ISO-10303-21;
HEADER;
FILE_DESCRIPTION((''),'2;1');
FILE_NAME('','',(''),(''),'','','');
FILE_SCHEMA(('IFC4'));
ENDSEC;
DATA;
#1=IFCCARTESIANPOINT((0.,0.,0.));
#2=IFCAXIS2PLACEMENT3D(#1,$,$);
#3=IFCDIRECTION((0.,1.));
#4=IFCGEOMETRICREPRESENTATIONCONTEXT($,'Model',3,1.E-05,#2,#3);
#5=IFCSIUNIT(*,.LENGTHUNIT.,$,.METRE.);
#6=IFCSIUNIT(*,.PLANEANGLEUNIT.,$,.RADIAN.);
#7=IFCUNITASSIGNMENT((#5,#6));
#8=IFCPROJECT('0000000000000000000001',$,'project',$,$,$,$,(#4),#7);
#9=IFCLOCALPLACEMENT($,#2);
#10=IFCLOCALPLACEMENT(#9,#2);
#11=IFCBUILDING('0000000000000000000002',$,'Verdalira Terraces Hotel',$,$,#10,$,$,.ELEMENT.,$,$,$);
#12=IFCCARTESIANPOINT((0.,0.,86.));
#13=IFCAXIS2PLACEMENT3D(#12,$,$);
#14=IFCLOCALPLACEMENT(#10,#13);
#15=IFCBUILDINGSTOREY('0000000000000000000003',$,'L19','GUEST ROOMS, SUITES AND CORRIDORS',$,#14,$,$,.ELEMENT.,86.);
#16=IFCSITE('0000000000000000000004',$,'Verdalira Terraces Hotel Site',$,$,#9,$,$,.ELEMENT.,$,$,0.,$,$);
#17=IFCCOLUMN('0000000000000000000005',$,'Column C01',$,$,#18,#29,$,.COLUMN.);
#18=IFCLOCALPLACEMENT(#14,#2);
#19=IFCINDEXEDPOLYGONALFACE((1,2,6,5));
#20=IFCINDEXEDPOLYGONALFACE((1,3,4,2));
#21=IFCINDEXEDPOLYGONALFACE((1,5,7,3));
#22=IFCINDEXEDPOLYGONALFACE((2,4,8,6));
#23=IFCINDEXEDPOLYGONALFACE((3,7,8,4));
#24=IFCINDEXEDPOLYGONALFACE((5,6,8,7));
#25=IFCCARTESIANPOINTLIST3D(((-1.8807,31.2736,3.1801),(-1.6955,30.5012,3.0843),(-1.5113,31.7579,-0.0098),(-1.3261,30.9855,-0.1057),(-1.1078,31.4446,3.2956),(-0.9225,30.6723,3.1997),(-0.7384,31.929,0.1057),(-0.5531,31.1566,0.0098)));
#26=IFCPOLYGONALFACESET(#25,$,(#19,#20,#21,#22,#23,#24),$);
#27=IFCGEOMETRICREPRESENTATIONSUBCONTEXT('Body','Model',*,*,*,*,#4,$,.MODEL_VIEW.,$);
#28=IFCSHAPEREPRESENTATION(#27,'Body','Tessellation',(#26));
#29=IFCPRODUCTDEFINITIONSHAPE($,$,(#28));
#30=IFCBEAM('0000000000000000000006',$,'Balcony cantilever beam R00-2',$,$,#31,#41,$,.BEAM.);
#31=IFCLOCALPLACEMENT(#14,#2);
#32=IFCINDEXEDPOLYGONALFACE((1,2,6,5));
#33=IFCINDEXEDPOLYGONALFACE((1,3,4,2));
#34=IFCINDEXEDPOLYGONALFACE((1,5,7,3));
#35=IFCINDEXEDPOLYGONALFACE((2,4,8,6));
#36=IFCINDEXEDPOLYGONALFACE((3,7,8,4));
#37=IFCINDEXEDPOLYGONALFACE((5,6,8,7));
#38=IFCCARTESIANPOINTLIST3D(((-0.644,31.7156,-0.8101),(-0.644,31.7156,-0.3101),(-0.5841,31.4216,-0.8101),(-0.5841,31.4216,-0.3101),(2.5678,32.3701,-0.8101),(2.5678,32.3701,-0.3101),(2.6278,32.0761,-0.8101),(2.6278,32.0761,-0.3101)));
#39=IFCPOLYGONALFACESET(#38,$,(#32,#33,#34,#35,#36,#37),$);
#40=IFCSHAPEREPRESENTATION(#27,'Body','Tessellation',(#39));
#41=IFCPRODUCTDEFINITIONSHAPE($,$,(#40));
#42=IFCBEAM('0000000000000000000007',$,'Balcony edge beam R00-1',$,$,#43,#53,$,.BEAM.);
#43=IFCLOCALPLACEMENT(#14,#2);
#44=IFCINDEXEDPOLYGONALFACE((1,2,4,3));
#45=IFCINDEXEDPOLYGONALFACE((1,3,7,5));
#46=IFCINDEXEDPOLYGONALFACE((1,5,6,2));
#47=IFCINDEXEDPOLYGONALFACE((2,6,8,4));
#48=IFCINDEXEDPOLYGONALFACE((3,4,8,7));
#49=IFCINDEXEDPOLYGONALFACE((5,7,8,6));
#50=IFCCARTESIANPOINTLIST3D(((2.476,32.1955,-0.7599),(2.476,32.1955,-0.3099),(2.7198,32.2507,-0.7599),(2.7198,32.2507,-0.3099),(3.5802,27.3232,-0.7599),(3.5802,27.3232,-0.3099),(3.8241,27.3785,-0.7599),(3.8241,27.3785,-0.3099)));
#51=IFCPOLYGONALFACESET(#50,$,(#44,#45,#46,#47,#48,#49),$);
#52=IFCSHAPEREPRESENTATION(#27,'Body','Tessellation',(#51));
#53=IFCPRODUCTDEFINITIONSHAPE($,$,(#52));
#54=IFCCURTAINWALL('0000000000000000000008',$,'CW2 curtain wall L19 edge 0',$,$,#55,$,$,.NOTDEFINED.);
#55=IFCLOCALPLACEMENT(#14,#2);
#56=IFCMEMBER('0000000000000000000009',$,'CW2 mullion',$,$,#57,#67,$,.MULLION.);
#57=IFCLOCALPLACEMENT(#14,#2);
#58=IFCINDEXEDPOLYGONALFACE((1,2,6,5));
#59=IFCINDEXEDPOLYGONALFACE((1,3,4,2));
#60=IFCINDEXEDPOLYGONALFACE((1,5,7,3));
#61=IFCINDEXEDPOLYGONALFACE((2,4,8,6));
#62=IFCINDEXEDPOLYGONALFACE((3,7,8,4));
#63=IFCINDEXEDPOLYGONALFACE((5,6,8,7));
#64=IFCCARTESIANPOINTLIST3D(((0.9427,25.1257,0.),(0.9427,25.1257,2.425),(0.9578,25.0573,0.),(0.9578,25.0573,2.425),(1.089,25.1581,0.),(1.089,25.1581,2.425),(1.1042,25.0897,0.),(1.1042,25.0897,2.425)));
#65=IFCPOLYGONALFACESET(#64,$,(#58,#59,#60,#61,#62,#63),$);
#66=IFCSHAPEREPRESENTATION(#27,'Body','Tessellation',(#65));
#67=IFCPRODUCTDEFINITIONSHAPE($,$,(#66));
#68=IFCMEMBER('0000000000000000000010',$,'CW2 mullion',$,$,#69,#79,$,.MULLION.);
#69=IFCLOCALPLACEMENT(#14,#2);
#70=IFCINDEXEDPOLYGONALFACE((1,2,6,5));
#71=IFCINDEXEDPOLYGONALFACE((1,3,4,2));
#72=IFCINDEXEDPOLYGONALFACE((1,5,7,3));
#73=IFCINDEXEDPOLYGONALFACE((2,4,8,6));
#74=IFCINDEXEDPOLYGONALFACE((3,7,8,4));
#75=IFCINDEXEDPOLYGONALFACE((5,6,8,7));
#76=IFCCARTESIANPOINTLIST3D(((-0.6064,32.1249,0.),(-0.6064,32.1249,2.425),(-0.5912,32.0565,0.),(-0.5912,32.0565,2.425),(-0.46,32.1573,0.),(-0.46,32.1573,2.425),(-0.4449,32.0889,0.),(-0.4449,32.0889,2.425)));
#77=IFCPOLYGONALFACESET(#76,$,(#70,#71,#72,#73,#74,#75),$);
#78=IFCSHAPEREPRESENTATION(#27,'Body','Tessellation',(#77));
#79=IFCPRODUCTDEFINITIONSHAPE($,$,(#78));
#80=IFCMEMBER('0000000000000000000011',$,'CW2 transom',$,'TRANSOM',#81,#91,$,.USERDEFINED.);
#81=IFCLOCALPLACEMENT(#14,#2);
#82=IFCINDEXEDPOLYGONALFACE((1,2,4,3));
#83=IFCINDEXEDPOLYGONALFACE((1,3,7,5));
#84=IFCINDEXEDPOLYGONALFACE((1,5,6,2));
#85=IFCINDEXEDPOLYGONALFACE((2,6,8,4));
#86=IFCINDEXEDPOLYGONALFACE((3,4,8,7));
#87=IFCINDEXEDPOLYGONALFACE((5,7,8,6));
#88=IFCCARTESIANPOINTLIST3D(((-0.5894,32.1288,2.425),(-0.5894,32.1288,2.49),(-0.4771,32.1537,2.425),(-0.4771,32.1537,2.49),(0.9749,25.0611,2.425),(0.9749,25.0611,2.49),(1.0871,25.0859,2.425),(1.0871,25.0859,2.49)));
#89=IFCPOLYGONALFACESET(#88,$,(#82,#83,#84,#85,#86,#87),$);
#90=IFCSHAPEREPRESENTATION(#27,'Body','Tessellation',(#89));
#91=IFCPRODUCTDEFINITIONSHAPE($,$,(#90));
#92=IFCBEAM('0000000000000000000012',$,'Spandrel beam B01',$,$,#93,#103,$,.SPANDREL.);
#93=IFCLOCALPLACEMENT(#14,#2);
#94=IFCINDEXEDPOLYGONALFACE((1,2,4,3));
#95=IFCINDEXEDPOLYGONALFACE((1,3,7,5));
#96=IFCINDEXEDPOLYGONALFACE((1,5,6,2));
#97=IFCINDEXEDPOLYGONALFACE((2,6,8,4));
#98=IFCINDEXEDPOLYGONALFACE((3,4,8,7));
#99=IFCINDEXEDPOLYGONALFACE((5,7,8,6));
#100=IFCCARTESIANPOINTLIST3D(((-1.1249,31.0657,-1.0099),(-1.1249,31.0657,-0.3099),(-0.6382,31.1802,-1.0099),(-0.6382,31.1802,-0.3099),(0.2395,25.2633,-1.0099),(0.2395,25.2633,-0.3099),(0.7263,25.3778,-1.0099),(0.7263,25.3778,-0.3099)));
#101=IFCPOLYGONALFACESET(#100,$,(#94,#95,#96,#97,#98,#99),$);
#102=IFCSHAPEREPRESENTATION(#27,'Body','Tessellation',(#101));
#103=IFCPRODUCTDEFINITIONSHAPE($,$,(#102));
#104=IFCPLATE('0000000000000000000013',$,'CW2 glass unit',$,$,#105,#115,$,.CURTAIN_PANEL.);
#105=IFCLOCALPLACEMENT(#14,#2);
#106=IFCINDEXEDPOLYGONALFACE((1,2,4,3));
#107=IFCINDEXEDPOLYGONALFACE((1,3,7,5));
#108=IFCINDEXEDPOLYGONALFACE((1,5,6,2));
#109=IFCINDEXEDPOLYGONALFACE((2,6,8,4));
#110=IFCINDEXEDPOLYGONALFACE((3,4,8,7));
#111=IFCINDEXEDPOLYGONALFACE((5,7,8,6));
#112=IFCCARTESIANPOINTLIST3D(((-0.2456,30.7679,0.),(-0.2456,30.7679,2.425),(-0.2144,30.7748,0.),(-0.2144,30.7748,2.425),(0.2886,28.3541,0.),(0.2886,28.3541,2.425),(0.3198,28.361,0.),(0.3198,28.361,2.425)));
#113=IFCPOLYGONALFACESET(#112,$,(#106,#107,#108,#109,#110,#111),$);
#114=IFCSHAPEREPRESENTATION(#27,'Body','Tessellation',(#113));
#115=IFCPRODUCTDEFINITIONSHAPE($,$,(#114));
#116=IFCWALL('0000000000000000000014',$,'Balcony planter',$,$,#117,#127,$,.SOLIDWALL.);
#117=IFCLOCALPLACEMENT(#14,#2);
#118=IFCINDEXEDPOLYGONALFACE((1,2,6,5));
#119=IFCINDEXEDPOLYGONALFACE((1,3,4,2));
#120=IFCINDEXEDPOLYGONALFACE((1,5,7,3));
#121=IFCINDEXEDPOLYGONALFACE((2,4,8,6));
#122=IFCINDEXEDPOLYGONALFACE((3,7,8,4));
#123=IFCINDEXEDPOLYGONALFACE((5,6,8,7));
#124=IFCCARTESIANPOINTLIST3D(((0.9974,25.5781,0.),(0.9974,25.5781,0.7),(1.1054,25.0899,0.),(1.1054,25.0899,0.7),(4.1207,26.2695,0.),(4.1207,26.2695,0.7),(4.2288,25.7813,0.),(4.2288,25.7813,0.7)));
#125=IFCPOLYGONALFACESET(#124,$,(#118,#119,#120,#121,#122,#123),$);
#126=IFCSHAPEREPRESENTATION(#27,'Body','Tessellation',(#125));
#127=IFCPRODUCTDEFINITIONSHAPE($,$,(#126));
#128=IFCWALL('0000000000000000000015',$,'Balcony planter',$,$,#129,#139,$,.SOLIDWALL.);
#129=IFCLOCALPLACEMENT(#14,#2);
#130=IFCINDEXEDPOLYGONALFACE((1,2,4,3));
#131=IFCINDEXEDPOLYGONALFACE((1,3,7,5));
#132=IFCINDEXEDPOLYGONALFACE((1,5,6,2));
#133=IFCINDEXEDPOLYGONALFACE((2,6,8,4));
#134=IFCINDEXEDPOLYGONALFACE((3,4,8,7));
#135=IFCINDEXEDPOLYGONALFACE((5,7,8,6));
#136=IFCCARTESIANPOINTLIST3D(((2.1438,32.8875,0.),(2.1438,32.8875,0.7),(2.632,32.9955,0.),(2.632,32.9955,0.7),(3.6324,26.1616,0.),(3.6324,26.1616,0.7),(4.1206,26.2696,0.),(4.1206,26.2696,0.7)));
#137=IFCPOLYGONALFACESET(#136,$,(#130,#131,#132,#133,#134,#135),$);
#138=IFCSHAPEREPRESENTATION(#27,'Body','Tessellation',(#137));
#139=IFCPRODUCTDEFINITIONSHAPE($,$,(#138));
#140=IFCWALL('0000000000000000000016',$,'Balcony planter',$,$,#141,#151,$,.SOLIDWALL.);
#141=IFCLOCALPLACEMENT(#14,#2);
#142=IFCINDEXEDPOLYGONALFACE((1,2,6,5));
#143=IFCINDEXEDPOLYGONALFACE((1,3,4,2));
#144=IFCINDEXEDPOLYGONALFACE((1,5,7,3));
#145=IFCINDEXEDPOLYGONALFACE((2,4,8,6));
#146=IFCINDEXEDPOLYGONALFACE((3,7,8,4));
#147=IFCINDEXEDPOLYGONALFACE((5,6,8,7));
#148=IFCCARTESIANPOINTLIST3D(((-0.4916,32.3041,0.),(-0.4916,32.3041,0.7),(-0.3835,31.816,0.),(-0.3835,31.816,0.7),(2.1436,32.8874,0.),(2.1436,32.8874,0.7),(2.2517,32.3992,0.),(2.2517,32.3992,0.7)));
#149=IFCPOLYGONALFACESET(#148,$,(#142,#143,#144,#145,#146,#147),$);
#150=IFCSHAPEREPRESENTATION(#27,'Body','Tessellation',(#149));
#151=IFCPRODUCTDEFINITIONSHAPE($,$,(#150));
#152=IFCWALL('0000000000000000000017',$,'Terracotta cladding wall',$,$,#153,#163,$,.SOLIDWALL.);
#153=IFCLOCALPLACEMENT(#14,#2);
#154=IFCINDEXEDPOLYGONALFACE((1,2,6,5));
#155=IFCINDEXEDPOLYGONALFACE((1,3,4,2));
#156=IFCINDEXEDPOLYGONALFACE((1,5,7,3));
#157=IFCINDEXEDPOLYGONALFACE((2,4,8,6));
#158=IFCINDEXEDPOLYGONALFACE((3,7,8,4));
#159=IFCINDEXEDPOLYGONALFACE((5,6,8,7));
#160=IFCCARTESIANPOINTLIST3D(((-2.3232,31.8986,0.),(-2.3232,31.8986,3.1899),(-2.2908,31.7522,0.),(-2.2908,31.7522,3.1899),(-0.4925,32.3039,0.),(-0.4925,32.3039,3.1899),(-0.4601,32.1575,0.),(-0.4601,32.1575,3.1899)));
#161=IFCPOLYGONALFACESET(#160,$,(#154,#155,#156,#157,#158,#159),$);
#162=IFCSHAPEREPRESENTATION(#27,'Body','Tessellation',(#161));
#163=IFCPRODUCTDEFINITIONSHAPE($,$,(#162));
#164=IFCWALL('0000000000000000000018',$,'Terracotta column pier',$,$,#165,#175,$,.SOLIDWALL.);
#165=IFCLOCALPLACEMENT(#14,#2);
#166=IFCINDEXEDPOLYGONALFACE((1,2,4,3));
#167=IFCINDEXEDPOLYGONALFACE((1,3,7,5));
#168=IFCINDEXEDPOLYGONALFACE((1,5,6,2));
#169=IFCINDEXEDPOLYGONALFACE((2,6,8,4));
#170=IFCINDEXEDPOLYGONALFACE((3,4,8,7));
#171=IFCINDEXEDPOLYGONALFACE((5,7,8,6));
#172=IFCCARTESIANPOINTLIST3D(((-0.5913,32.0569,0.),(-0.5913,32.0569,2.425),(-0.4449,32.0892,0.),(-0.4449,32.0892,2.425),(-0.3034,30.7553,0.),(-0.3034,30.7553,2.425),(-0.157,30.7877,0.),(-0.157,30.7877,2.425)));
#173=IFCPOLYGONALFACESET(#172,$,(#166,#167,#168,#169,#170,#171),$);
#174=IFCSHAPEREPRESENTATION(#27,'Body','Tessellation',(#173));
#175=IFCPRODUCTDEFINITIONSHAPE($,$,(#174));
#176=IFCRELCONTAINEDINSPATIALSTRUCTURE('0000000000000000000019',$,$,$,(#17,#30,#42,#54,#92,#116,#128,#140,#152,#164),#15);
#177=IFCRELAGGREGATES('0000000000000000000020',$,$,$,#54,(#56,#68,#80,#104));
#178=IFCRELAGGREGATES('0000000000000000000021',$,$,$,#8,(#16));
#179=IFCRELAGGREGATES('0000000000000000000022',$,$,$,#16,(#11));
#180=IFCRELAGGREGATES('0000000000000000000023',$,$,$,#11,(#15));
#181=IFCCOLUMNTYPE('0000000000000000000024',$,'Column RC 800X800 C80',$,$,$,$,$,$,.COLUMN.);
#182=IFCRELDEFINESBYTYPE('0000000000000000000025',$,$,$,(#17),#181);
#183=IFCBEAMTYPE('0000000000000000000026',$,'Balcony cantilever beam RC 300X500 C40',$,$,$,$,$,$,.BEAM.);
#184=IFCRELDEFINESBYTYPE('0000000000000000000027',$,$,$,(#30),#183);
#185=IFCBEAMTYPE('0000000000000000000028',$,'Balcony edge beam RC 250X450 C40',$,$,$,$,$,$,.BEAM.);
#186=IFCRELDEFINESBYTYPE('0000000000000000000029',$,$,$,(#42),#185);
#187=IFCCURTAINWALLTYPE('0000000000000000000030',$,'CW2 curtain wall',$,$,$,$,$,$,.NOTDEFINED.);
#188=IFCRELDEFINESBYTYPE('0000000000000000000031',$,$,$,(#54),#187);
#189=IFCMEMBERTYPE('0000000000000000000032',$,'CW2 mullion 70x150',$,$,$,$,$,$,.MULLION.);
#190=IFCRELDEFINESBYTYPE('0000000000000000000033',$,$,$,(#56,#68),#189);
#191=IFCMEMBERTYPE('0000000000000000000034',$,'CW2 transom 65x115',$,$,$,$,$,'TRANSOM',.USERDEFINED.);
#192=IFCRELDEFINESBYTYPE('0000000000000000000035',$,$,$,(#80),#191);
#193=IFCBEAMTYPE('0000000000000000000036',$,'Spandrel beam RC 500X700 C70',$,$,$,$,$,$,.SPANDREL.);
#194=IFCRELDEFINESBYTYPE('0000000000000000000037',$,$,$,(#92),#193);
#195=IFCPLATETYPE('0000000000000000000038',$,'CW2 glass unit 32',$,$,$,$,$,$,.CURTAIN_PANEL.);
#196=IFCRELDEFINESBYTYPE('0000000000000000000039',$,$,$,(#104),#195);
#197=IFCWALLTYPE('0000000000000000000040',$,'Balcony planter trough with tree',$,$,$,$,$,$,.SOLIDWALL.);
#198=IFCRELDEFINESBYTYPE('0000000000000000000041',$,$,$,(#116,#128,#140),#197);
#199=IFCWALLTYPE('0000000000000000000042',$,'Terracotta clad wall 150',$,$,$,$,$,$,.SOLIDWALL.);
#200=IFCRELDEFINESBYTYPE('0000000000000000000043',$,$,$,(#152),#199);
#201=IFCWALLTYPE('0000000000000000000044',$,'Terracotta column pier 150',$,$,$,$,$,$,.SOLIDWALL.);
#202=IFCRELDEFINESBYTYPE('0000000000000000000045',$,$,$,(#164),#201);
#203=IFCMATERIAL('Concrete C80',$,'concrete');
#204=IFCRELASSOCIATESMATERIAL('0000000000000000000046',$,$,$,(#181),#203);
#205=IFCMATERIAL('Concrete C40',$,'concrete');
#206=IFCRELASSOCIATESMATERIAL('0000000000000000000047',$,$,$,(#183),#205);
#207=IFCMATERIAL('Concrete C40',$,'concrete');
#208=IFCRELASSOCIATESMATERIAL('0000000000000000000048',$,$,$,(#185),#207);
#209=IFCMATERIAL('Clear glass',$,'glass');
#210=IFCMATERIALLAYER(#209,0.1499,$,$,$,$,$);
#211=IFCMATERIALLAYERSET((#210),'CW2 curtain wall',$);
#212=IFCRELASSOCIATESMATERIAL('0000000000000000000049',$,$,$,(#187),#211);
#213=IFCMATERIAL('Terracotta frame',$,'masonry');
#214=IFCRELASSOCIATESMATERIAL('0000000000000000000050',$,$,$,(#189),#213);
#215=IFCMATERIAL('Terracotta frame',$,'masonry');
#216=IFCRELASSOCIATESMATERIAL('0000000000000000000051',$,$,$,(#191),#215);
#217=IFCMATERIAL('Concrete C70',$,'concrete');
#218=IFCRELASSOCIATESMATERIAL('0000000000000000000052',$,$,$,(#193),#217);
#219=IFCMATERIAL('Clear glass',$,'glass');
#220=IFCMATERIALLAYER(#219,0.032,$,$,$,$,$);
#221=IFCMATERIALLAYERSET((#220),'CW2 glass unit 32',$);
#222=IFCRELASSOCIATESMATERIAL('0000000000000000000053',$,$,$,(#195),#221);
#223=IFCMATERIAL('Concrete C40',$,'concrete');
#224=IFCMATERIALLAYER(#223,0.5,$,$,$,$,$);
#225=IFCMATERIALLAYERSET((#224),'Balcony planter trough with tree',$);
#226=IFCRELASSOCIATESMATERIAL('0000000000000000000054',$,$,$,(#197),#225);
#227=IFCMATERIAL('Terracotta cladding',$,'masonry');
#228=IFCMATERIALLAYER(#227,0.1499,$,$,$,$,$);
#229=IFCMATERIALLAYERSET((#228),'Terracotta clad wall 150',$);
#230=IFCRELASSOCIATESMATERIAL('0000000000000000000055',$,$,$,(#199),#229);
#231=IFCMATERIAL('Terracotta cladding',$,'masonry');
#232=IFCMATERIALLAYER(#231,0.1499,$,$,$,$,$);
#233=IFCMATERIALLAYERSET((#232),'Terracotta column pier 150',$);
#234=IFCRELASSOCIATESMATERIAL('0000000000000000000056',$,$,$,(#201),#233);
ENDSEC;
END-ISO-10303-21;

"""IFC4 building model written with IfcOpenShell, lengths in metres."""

from ifc_helpers import new_model, si_unit, direction, frame, frame_2d, origin, origin_2d, place, context, subcontext, project, spatial, rectangle, extrude, material, layer, layer_set, material_profile, profile_set, type_object, element, aggregate, save


model = new_model("IFC4")

# Units and contexts
model_context = context("Model", 3, precision=1e-05, world=origin(), true_north=direction((0.0, 1.0)))
body_context = subcontext(model_context, "Body", "Model", "MODEL_VIEW")
ifc_project = project(units=[si_unit("LENGTHUNIT", "METRE"), si_unit("PLANEANGLEUNIT", "RADIAN")], contexts=[model_context])

# Site, building, storey
site_placement = place(None, origin())
site = spatial("IfcSite", under=ifc_project, at=site_placement, Name="Verdalira Terraces Hotel Site", CompositionType="ELEMENT", RefElevation=0.0)
building_placement = place(site_placement, origin())
building = spatial("IfcBuilding", under=site, at=building_placement, Name="Verdalira Terraces Hotel", CompositionType="ELEMENT")
storey_placement = place(building_placement, frame((0.0, 0.0, 86.0)))
storey = spatial("IfcBuildingStorey", under=building, at=storey_placement, Name="L19", Description="GUEST ROOMS, SUITES AND CORRIDORS", CompositionType="ELEMENT", Elevation=86.0)

# Column
ifc_material_1 = material(Name="Concrete C80", Category="concrete")
ifc_material_profile_1 = material_profile(ifc_material_1, rectangle(XDim=0.8, YDim=0.8, at=origin_2d()), Name="RC 800X800")
ifc_profile_set_1 = profile_set([ifc_material_profile_1], Name="Concrete C80")
column_type = type_object("IfcColumnType", Name="Column RC 800X800 C80", PredefinedType="COLUMN", material=ifc_profile_set_1)
column_placement = place(storey_placement, frame((-1.0322, 31.4573, 0.0), z_axis=(-0.113741, -0.149149, 0.982251), x_axis=(-0.231568, 0.965417, 0.119778)))
element("IfcColumn", 1, at=column_placement, inside=storey, type_object=column_type, Name="Column C01", PredefinedType="COLUMN", context=body_context, shape_type="SweptSolid", body=[
    extrude(rectangle(XDim=0.8, YDim=0.8, at=origin_2d()), origin(), (0.0, 0.0, 1.0), 3.2476),
])

# Beams
ifc_material_2 = material(Name="Concrete C40", Category="concrete")
ifc_material_profile_2 = material_profile(ifc_material_2, rectangle(XDim=0.3, YDim=0.5, at=origin_2d()), Name="RC 300X500")
ifc_profile_set_2 = profile_set([ifc_material_profile_2], Name="Concrete C40")
beam_type_1 = type_object("IfcBeamType", Name="Balcony cantilever beam RC 300X500 C40", PredefinedType="BEAM", material=ifc_profile_set_2)
beam_1_placement = place(storey_placement, frame((-0.614, 31.5686, -0.5601), z_axis=(0.979861, 0.199681, 0.0), x_axis=(-0.199681, 0.979861, 0.0)))
element("IfcBeam", 2, at=beam_1_placement, inside=storey, type_object=beam_type_1, Name="Balcony cantilever beam R00-2", PredefinedType="BEAM", context=body_context, shape_type="SweptSolid", body=[
    extrude(rectangle(XDim=0.3, YDim=0.5, at=origin_2d()), origin(), (0.0, 0.0, 1.0), 3.2778),
])
ifc_material_3 = material(Name="Concrete C40", Category="concrete")
ifc_material_profile_3 = material_profile(ifc_material_3, rectangle(XDim=0.25, YDim=0.45, at=origin_2d()), Name="RC 250X450")
ifc_profile_set_3 = profile_set([ifc_material_profile_3], Name="Concrete C40")
beam_type_2 = type_object("IfcBeamType", Name="Balcony edge beam RC 250X450 C40", PredefinedType="BEAM", material=ifc_profile_set_3)
beam_2_placement = place(storey_placement, frame((3.7021, 27.3508, -0.5349), z_axis=(-0.221032, 0.975267, 0.0), x_axis=(-0.975267, -0.221032, 0.0)))
element("IfcBeam", 3, at=beam_2_placement, inside=storey, type_object=beam_type_2, Name="Balcony edge beam R00-1", PredefinedType="BEAM", context=body_context, shape_type="SweptSolid", body=[
    extrude(rectangle(XDim=0.25, YDim=0.45, at=origin_2d()), origin(), (0.0, 0.0, 1.0), 4.9958),
])

# Curtain wall, members
ifc_material_4 = material(Name="Clear glass", Category="glass")
ifc_layer_1 = layer(ifc_material_4, 0.1499)
ifc_layer_set_1 = layer_set([ifc_layer_1], Name="CW2 curtain wall")
curtain_wall_type = type_object("IfcCurtainWallType", Name="CW2 curtain wall", PredefinedType="NOTDEFINED", material=ifc_layer_set_1)
curtain_wall_placement = place(storey_placement, origin())
curtain_wall = element("IfcCurtainWall", 4, at=curtain_wall_placement, inside=storey, type_object=curtain_wall_type, Name="CW2 curtain wall L19 edge 0", PredefinedType="NOTDEFINED")
ifc_material_5 = material(Name="Terracotta frame", Category="masonry")
ifc_material_profile_4 = material_profile(ifc_material_5, rectangle(XDim=0.0701, YDim=0.1499, at=origin_2d()), Name="MU 70x150")
ifc_profile_set_4 = profile_set([ifc_material_profile_4], Name="Terracotta frame")
member_type_1 = type_object("IfcMemberType", Name="CW2 mullion 70x150", PredefinedType="MULLION", material=ifc_profile_set_4)
member_1_placement = place(storey_placement, frame((1.0234, 25.1077, 0.0), z_axis=(0.0, 0.0, 1.0), x_axis=(-0.216099, 0.976371, 0.0)))
member_1 = element("IfcMember", 5, at=member_1_placement, type_object=member_type_1, Name="CW2 mullion", PredefinedType="MULLION", context=body_context, shape_type="SweptSolid", body=[
    extrude(rectangle(XDim=0.0701, YDim=0.1499, at=origin_2d()), origin(), (0.0, 0.0, 1.0), 2.425),
])
member_2_placement = place(storey_placement, frame((-0.5256, 32.1069, 0.0), z_axis=(0.0, 0.0, 1.0), x_axis=(-0.216099, 0.976371, 0.0)))
member_2 = element("IfcMember", 6, at=member_2_placement, type_object=member_type_1, Name="CW2 mullion", PredefinedType="MULLION", context=body_context, shape_type="SweptSolid", body=[
    extrude(rectangle(XDim=0.0701, YDim=0.1499, at=origin_2d()), origin(), (0.0, 0.0, 1.0), 2.425),
])
ifc_material_6 = material(Name="Terracotta frame", Category="masonry")
ifc_material_profile_5 = material_profile(ifc_material_6, rectangle(XDim=0.115, YDim=0.0649, at=origin_2d()), Name="TR 65x115")
ifc_profile_set_5 = profile_set([ifc_material_profile_5], Name="Terracotta frame")
member_type_2 = type_object("IfcMemberType", Name="CW2 transom 65x115", ElementType="TRANSOM", PredefinedType="USERDEFINED", material=ifc_profile_set_5)
member_3_placement = place(storey_placement, frame((1.031, 25.0735, 2.4575), z_axis=(-0.216091, 0.976373, 0.0), x_axis=(-0.976373, -0.216091, 0.0)))
member_3 = element("IfcMember", 7, at=member_3_placement, type_object=member_type_2, Name="CW2 transom", ObjectType="TRANSOM", PredefinedType="USERDEFINED", context=body_context, shape_type="SweptSolid", body=[
    extrude(rectangle(XDim=0.115, YDim=0.0649, at=origin_2d()), origin(), (0.0, 0.0, 1.0), 7.2388),
])

# Beam
ifc_material_7 = material(Name="Concrete C70", Category="concrete")
ifc_material_profile_6 = material_profile(ifc_material_7, rectangle(XDim=0.5, YDim=0.7, at=origin_2d()), Name="RC 500X700")
ifc_profile_set_6 = profile_set([ifc_material_profile_6], Name="Concrete C70")
beam_type_3 = type_object("IfcBeamType", Name="Spandrel beam RC 500X700 C70", PredefinedType="SPANDREL", material=ifc_profile_set_6)
beam_3_placement = place(storey_placement, frame((0.4829, 25.3206, -0.6599), z_axis=(-0.228914, 0.973447, 0.0), x_axis=(-0.973447, -0.228914, 0.0)))
element("IfcBeam", 8, at=beam_3_placement, inside=storey, type_object=beam_type_3, Name="Spandrel beam B01", PredefinedType="SPANDREL", context=body_context, shape_type="SweptSolid", body=[
    extrude(rectangle(XDim=0.5, YDim=0.7, at=origin_2d()), origin(), (0.0, 0.0, 1.0), 5.9607),
])

# Plate
ifc_material_8 = material(Name="Clear glass", Category="glass")
ifc_layer_2 = layer(ifc_material_8, 0.032)
ifc_layer_set_2 = layer_set([ifc_layer_2], Name="CW2 glass unit 32")
plate_type = type_object("IfcPlateType", Name="CW2 glass unit 32", PredefinedType="CURTAIN_PANEL", material=ifc_layer_set_2)
plate_placement = place(storey_placement, frame((0.0371, 29.5645, 0.0), z_axis=(0.0, 0.0, 1.0), x_axis=(-0.216099, 0.976371, 0.0)))
plate = element("IfcPlate", 9, at=plate_placement, type_object=plate_type, Name="CW2 glass unit", PredefinedType="CURTAIN_PANEL", context=body_context, shape_type="SweptSolid", body=[
    extrude(rectangle(XDim=2.4722, YDim=0.032, at=origin_2d()), origin(), (0.0, 0.0, 1.0), 2.425),
])
aggregate(curtain_wall, [member_1, member_2, member_3, plate])

# Walls
ifc_material_9 = material(Name="Concrete C40", Category="concrete")
ifc_layer_3 = layer(ifc_material_9, 0.5)
ifc_layer_set_3 = layer_set([ifc_layer_3], Name="Balcony planter trough with tree")
wall_type_1 = type_object("IfcWallType", Name="Balcony planter trough with tree", PredefinedType="SOLIDWALL", material=ifc_layer_set_3)
wall_1_placement = place(storey_placement, frame((1.0513, 25.334, 0.0), z_axis=(0.0, 0.0, 1.0), x_axis=(0.976363, 0.216138, 0.0)))
element("IfcWall", 10, at=wall_1_placement, inside=storey, type_object=wall_type_1, Name="Balcony planter", PredefinedType="SOLIDWALL", context=body_context, shape_type="SweptSolid", body=[
    extrude(rectangle(XDim=3.199, YDim=0.5, at=frame_2d((1.5996, 0.0))), origin(), (0.0, 0.0, 1.0), 0.7),
])
wall_2_placement = place(storey_placement, frame((3.8765, 26.2156, 0.0), z_axis=(0.0, 0.0, 1.0), x_axis=(-0.216086, 0.976374, 0.0)))
element("IfcWall", 11, at=wall_2_placement, inside=storey, type_object=wall_type_1, Name="Balcony planter", PredefinedType="SOLIDWALL", context=body_context, shape_type="SweptSolid", body=[
    extrude(rectangle(XDim=6.8887, YDim=0.5, at=frame_2d((3.4443, 0.0))), origin(), (0.0, 0.0, 1.0), 0.7),
])
wall_3_placement = place(storey_placement, frame((2.1978, 32.6433, 0.0), z_axis=(0.0, 0.0, 1.0), x_axis=(-0.976372, -0.216097, 0.0)))
element("IfcWall", 12, at=wall_3_placement, inside=storey, type_object=wall_type_1, Name="Balcony planter", PredefinedType="SOLIDWALL", context=body_context, shape_type="SweptSolid", body=[
    extrude(rectangle(XDim=2.699, YDim=0.5, at=frame_2d((1.3496, 0.0))), origin(), (0.0, 0.0, 1.0), 0.7),
])
ifc_material_10 = material(Name="Terracotta cladding", Category="masonry")
ifc_layer_4 = layer(ifc_material_10, 0.1499)
ifc_layer_set_4 = layer_set([ifc_layer_4], Name="Terracotta clad wall 150")
wall_type_2 = type_object("IfcWallType", Name="Terracotta clad wall 150", PredefinedType="SOLIDWALL", material=ifc_layer_set_4)
wall_4_placement = place(storey_placement, frame((-0.4763, 32.2307, 0.0), z_axis=(0.0, 0.0, 1.0), x_axis=(-0.976358, -0.216158, 0.0)))
element("IfcWall", 13, at=wall_4_placement, inside=storey, type_object=wall_type_2, Name="Terracotta cladding wall", PredefinedType="SOLIDWALL", context=body_context, shape_type="SweptSolid", body=[
    extrude(rectangle(XDim=1.875, YDim=0.1499, at=frame_2d((0.9375, 0.0))), origin(), (0.0, 0.0, 1.0), 3.1899),
])
ifc_material_11 = material(Name="Terracotta cladding", Category="masonry")
ifc_layer_5 = layer(ifc_material_11, 0.1499)
ifc_layer_set_5 = layer_set([ifc_layer_5], Name="Terracotta column pier 150")
wall_type_3 = type_object("IfcWallType", Name="Terracotta column pier 150", PredefinedType="SOLIDWALL", material=ifc_layer_set_5)
wall_5_placement = place(storey_placement, frame((-0.2302, 30.7715, 0.0), z_axis=(0.0, 0.0, 1.0), x_axis=(-0.215941, 0.976406, 0.0)))
element("IfcWall", 14, at=wall_5_placement, inside=storey, type_object=wall_type_3, Name="Terracotta column pier", PredefinedType="SOLIDWALL", context=body_context, shape_type="SweptSolid", body=[
    extrude(rectangle(XDim=1.333, YDim=0.1499, at=frame_2d((0.6665, 0.0))), origin(), (0.0, 0.0, 1.0), 2.425),
])

save(model, "model.ifc")
